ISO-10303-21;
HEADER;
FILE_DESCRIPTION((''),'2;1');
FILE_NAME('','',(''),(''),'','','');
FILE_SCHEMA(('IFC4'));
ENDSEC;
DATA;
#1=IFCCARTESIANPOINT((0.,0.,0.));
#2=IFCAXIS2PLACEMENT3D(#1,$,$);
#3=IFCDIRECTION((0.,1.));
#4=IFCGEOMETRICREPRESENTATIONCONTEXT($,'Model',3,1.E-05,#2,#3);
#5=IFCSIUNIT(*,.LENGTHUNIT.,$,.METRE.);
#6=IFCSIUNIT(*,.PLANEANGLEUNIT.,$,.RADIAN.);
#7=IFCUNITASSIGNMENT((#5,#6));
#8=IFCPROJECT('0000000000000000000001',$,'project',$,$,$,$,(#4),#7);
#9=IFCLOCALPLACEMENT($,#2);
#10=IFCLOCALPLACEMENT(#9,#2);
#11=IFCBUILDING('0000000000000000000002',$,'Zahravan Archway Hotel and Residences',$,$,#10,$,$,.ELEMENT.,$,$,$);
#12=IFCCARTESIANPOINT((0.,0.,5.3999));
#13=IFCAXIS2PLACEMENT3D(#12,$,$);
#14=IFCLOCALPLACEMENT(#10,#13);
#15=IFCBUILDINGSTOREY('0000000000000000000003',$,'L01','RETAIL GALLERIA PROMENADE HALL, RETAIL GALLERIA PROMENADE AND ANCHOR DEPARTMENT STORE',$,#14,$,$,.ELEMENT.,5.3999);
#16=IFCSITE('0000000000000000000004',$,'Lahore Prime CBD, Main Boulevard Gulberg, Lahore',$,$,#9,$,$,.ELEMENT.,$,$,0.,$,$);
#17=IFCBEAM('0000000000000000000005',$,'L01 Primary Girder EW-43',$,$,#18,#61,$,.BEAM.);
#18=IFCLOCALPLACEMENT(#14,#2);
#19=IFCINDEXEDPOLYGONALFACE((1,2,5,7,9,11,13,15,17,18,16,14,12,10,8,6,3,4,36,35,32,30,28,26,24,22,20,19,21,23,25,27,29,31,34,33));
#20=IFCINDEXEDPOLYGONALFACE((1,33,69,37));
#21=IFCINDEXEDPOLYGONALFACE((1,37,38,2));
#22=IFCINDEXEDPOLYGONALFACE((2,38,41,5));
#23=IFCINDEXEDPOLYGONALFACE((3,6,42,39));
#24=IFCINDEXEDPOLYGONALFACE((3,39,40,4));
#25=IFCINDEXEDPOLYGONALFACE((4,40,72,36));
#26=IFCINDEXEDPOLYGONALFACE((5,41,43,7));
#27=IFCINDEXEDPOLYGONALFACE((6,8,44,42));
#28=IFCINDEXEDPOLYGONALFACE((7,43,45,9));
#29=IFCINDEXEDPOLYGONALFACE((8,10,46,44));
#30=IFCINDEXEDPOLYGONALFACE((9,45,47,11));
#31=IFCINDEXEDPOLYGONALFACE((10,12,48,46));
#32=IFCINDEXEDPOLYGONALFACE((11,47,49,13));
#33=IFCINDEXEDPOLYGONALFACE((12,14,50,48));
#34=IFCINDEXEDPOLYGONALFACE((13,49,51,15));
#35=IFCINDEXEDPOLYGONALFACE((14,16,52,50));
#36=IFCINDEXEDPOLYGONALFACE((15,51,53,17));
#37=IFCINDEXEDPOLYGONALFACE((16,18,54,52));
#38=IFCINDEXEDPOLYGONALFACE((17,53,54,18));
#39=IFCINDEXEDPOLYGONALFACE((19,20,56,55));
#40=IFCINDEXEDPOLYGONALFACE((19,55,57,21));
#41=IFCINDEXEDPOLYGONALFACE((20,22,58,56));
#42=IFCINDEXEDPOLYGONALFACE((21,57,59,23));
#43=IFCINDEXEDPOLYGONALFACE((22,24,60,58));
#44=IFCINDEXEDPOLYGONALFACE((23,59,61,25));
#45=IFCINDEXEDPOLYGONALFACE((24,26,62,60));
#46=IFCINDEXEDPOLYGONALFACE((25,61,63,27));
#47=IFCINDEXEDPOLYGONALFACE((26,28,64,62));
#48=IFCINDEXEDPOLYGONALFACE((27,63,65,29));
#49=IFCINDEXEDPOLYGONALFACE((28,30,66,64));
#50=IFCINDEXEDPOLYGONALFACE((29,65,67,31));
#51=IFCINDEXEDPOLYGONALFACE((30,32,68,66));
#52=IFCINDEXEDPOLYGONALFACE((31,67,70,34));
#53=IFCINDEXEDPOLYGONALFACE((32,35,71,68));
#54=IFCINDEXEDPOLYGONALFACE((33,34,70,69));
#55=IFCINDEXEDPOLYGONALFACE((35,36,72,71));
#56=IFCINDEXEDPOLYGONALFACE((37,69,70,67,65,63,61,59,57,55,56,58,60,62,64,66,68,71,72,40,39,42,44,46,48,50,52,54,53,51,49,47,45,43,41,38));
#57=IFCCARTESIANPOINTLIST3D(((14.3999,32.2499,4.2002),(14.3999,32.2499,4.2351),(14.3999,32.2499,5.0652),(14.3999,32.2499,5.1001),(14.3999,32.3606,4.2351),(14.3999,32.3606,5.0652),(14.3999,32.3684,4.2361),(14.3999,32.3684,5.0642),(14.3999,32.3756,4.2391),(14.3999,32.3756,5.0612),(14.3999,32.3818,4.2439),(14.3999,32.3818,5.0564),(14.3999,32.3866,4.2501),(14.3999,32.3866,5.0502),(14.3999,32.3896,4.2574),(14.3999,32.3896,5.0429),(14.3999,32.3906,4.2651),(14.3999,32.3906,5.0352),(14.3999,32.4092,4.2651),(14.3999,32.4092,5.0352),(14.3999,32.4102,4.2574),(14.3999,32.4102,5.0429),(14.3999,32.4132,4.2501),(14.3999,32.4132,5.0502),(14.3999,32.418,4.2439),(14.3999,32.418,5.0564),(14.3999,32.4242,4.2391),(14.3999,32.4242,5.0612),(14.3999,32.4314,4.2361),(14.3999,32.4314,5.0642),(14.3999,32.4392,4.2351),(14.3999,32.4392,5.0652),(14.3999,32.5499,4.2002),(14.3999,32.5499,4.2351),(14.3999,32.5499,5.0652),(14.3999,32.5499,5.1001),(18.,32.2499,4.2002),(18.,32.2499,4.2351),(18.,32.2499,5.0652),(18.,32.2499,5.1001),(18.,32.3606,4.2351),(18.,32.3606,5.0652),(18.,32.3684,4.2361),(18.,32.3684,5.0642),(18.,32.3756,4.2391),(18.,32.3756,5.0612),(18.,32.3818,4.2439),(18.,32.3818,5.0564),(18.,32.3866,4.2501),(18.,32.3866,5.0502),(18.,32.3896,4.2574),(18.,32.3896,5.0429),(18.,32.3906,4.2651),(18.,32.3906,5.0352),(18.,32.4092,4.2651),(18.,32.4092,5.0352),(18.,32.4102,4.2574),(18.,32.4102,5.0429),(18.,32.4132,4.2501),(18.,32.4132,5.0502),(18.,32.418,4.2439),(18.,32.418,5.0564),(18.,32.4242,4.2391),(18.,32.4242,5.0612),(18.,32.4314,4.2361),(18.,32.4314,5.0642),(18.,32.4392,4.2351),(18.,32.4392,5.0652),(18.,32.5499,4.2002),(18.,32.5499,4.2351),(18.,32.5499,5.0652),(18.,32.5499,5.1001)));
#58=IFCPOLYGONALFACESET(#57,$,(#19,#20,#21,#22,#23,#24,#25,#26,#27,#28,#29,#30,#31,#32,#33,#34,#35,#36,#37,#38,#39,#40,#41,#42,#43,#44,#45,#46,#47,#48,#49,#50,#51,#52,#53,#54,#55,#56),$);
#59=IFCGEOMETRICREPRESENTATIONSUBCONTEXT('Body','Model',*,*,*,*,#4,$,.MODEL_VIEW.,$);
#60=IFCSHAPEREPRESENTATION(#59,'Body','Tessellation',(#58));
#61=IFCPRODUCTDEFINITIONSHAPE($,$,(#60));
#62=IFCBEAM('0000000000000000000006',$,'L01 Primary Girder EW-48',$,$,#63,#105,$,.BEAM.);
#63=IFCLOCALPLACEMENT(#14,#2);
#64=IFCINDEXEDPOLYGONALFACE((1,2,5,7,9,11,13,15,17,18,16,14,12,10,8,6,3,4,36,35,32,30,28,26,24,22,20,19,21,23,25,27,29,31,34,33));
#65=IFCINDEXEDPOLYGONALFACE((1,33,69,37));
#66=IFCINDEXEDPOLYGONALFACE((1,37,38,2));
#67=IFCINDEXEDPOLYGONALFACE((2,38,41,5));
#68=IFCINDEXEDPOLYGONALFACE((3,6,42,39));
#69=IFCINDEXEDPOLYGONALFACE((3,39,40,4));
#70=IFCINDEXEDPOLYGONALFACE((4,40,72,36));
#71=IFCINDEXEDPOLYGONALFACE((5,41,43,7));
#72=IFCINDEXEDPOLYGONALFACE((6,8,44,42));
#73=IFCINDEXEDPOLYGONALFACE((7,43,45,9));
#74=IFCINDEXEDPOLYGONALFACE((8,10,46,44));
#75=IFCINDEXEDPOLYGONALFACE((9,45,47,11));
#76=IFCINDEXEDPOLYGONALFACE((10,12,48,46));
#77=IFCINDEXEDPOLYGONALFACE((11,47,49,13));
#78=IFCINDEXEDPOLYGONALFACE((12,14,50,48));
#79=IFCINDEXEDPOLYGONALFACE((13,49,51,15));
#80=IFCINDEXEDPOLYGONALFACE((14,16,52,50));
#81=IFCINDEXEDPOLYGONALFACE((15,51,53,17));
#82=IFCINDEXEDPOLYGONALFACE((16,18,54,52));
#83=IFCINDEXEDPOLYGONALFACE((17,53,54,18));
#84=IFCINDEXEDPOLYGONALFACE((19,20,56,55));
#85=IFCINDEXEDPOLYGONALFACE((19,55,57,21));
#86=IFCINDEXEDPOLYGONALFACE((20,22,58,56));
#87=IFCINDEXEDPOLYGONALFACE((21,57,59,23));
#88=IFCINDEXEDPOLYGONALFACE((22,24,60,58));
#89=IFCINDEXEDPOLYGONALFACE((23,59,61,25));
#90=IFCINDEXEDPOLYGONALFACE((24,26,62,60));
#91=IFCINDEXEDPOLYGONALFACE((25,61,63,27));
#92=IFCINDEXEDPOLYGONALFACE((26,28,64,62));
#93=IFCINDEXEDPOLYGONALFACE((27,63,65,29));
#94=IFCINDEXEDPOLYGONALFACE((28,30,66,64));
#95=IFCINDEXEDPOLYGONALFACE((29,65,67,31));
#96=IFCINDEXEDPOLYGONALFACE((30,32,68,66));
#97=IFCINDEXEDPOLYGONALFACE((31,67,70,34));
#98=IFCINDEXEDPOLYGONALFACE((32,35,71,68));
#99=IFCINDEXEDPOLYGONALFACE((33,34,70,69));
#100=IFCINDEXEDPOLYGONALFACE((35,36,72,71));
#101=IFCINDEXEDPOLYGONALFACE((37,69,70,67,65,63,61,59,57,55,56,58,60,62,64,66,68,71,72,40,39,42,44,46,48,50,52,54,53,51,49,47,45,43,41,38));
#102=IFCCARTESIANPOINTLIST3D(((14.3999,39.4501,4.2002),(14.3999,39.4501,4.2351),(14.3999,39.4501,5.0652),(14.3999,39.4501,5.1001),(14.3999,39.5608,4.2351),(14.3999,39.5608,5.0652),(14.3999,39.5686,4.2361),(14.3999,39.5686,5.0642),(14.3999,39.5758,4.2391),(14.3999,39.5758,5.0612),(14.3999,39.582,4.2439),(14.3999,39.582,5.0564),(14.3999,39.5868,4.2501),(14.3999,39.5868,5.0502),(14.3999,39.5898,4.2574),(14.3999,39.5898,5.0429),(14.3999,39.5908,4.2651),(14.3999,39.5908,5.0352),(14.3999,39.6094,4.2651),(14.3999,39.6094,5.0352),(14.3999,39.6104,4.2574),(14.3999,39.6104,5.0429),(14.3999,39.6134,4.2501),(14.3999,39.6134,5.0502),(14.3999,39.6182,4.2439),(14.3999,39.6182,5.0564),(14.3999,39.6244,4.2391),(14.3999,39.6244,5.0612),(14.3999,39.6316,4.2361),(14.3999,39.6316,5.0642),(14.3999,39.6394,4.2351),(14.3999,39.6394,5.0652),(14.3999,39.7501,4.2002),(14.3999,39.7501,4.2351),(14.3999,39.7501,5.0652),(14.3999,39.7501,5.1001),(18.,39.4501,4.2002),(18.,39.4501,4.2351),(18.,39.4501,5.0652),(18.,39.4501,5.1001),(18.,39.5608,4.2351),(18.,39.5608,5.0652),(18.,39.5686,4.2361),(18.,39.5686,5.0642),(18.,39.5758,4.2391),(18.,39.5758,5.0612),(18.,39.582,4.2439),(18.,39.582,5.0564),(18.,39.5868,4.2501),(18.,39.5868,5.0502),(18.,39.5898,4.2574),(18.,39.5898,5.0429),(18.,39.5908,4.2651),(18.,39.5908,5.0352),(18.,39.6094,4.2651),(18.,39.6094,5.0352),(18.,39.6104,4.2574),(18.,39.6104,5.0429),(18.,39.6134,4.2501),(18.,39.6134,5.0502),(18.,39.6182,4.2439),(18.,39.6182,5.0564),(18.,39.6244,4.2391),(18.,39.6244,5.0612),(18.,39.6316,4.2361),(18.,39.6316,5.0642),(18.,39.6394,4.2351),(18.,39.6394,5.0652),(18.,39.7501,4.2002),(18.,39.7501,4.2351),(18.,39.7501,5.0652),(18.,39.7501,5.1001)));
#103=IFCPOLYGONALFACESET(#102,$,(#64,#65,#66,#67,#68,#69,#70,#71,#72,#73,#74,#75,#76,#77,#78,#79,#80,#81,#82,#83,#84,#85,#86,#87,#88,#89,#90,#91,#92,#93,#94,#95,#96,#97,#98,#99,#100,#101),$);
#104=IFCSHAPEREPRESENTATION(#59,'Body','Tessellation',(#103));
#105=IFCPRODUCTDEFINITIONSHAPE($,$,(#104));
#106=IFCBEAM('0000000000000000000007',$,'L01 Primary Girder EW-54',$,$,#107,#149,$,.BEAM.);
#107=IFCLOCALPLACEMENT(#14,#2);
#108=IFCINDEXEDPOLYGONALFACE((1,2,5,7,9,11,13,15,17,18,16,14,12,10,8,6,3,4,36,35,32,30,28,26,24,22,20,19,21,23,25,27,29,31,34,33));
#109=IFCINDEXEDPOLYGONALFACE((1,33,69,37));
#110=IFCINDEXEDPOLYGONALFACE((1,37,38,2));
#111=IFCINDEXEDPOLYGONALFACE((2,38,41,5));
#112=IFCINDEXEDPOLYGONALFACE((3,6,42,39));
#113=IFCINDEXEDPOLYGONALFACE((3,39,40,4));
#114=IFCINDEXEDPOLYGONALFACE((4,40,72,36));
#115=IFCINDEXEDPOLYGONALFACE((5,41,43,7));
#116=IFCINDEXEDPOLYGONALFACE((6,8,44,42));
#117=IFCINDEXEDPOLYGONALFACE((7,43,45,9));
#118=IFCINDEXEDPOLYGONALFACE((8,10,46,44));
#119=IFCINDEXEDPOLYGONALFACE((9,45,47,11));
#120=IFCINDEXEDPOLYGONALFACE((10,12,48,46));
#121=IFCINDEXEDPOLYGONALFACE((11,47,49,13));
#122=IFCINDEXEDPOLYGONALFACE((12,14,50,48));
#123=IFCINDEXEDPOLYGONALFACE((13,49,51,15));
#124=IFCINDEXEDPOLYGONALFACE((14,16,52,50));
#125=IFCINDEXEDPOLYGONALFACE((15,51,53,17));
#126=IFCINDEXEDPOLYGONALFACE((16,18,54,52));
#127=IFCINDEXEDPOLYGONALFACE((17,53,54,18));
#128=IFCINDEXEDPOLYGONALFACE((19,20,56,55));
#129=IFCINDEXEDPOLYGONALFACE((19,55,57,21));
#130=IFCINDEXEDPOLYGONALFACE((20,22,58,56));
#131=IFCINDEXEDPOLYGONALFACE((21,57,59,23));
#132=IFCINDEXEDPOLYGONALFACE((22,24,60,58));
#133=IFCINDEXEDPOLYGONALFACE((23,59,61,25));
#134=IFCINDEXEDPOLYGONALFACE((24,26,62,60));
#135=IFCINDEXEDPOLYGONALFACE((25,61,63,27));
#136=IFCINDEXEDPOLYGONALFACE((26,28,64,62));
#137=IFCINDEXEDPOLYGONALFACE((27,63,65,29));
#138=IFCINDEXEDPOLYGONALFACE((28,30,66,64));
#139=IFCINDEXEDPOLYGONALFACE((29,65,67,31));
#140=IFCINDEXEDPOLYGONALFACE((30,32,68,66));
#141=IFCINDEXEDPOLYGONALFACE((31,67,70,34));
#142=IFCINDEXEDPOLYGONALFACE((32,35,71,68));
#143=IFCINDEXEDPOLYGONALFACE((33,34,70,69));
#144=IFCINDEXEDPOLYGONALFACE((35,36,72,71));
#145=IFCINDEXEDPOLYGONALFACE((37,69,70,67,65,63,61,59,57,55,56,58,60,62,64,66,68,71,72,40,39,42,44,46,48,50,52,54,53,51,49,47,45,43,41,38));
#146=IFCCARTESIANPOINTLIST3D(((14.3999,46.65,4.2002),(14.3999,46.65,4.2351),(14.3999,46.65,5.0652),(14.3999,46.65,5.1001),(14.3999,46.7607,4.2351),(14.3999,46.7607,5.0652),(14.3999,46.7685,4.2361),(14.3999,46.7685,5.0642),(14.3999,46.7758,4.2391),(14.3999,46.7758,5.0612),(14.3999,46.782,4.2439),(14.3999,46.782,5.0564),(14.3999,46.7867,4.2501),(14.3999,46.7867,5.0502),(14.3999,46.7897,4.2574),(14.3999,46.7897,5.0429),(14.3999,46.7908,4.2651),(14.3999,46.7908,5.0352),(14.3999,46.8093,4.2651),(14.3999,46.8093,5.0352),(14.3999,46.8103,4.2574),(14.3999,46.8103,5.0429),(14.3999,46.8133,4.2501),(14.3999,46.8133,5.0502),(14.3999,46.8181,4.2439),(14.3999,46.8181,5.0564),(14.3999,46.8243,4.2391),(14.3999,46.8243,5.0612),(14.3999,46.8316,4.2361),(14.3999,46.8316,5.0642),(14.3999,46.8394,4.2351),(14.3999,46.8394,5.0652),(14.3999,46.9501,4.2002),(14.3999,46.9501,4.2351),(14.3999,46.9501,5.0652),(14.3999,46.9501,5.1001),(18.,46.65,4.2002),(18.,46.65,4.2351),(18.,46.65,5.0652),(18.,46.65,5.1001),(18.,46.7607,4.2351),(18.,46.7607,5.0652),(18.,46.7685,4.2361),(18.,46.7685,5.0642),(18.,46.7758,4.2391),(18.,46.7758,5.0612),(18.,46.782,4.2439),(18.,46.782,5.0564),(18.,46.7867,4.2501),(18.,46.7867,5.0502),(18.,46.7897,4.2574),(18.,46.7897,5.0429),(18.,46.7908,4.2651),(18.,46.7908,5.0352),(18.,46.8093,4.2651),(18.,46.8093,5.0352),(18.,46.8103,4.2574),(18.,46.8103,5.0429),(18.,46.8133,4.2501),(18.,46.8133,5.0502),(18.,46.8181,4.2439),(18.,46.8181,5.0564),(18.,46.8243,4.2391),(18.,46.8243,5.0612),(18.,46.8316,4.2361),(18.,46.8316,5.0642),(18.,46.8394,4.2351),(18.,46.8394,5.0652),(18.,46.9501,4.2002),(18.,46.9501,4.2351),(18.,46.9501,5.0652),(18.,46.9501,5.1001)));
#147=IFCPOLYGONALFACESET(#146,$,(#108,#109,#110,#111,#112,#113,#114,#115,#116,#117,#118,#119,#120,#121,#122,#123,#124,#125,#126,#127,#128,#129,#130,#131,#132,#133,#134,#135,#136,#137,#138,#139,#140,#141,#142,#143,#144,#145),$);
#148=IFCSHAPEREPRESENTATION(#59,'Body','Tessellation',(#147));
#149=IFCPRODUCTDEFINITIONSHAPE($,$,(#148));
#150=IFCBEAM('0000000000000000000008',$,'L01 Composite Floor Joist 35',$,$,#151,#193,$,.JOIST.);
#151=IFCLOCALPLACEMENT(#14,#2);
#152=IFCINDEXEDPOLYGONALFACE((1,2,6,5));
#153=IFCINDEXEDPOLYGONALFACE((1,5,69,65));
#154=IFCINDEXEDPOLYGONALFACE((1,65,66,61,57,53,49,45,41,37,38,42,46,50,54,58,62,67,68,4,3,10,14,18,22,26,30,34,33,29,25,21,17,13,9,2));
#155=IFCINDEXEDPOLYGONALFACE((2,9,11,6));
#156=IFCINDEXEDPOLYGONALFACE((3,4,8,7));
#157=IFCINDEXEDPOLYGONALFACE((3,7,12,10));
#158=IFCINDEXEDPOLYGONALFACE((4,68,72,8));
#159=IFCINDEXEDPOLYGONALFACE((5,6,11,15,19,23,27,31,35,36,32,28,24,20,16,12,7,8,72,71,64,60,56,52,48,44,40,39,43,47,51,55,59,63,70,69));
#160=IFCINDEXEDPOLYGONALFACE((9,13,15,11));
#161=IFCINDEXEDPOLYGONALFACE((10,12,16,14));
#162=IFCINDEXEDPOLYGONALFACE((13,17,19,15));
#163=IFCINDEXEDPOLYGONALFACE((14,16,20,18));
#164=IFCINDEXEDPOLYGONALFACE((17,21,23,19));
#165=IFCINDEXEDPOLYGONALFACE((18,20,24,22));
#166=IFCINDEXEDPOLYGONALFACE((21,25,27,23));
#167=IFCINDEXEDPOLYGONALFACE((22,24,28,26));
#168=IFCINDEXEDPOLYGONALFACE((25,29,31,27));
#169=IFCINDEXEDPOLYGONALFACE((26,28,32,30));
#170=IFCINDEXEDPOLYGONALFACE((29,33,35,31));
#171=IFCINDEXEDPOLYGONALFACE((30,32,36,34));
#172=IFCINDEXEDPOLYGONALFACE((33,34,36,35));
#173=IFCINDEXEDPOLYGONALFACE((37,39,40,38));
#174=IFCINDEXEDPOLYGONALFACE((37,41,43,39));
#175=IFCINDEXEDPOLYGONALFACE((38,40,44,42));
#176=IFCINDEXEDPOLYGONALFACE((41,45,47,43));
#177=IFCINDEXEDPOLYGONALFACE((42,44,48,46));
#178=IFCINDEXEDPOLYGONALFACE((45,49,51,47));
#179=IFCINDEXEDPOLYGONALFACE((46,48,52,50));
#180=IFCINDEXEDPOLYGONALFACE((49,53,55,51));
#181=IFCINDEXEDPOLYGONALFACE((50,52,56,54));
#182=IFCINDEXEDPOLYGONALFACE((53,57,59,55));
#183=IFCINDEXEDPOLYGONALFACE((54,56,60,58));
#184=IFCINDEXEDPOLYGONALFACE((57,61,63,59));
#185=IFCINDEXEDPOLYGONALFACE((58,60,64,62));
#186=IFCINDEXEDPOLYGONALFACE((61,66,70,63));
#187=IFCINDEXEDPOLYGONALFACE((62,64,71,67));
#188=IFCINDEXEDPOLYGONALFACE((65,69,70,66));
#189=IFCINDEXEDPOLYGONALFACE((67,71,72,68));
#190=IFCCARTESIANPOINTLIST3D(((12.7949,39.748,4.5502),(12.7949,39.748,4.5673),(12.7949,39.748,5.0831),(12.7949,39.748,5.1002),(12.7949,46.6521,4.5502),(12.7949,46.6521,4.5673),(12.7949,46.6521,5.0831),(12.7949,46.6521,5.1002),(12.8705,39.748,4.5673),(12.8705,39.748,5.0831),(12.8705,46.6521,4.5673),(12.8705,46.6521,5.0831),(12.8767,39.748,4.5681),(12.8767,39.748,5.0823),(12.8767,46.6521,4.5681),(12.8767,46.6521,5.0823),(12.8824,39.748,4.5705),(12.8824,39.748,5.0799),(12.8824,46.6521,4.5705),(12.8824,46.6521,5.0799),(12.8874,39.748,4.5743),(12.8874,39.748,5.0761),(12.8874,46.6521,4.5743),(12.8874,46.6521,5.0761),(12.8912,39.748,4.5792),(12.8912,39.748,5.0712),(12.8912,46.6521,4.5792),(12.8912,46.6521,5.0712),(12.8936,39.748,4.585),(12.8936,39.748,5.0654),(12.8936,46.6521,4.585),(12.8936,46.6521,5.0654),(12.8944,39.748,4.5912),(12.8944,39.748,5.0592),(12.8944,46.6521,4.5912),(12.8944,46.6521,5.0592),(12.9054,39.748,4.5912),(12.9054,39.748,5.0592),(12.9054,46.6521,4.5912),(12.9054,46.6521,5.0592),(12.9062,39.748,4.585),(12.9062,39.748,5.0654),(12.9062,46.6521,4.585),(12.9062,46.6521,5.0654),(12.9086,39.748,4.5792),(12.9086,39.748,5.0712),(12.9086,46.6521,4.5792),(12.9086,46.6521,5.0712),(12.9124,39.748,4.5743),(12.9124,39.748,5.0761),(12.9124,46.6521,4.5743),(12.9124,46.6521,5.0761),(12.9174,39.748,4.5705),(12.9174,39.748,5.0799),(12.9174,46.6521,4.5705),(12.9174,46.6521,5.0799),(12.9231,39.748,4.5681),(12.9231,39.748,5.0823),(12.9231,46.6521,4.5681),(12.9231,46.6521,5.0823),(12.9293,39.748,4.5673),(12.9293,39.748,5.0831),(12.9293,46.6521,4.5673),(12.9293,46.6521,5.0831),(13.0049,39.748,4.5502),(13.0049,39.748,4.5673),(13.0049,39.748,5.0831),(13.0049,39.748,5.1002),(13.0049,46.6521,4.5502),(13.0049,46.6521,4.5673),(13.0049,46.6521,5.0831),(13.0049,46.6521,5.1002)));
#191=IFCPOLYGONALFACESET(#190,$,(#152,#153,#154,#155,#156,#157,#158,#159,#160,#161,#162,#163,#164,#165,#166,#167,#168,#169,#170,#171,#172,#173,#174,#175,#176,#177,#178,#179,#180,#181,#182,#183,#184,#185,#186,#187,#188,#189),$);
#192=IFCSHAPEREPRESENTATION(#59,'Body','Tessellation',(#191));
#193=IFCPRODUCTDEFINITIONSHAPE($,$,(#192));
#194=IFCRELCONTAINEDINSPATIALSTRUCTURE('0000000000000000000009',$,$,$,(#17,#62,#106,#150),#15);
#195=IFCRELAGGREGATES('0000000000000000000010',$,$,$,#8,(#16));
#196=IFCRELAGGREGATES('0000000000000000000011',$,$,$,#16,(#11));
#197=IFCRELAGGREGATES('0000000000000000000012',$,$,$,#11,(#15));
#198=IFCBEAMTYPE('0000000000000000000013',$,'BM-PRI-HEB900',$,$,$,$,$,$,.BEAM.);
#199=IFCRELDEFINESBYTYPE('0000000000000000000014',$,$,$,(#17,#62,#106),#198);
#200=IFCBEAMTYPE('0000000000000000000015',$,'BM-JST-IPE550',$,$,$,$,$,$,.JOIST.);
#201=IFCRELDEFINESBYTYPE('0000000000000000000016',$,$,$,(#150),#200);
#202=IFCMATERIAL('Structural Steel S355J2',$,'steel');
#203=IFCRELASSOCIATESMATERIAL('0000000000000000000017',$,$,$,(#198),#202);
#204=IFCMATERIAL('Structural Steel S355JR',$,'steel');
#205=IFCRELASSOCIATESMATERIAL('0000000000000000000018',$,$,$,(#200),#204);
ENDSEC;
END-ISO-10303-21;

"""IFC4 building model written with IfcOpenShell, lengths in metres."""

from ifc_helpers import new_model, si_unit, direction, frame, origin, origin_2d, place, context, subcontext, project, spatial, i_section, extrude, source, transform, mapped, material, material_profile, profile_set, type_object, type_shapes, element, save


model = new_model("IFC4")

# Units and contexts
model_context = context("Model", 3, precision=1e-05, world=origin(), true_north=direction((0.0, 1.0)))
body_context = subcontext(model_context, "Body", "Model", "MODEL_VIEW")
ifc_project = project(units=[si_unit("LENGTHUNIT", "METRE"), si_unit("PLANEANGLEUNIT", "RADIAN")], contexts=[model_context])

# Site, building, storey
site_placement = place(None, origin())
site = spatial("IfcSite", under=ifc_project, at=site_placement, Name="Lahore Prime CBD, Main Boulevard Gulberg, Lahore", CompositionType="ELEMENT", RefElevation=0.0)
building_placement = place(site_placement, origin())
building = spatial("IfcBuilding", under=site, at=building_placement, Name="Zahravan Archway Hotel and Residences", CompositionType="ELEMENT")
storey_placement = place(building_placement, frame((0.0, 0.0, 5.3999)))
storey = spatial("IfcBuildingStorey", under=building, at=storey_placement, Name="L01", Description="RETAIL GALLERIA PROMENADE HALL, RETAIL GALLERIA PROMENADE AND ANCHOR DEPARTMENT STORE", CompositionType="ELEMENT", Elevation=5.3999)

# Beams
ifc_material_1 = material(Name="Structural Steel S355J2", Category="steel")
ifc_material_profile_1 = material_profile(ifc_material_1, i_section(OverallWidth=0.3, OverallDepth=0.8999, WebThickness=0.0186, FlangeThickness=0.0349, FilletRadius=0.03, at=origin_2d()), Name="HEB 900", Category="steel")
ifc_profile_set_1 = profile_set([ifc_material_profile_1], Name="Structural Steel S355J2")
beam_type_1 = type_object("IfcBeamType", Name="BM-PRI-HEB900", PredefinedType="BEAM", material=ifc_profile_set_1)
shared_shape_1 = source(origin(), body_context, "Body", "SweptSolid", [
    extrude(i_section(OverallWidth=0.3, OverallDepth=0.8999, WebThickness=0.0186, FlangeThickness=0.0349, FilletRadius=0.03, at=origin_2d()), origin(), (0.0, 0.0, 1.0), 3.6001),
])
for number, where, z_axis, x_axis, name in (
    (1, (14.3999, 32.3999, 4.6501), (1.0, 0.0, 0.0), (0.0, 1.0, 0.0), "L01 Primary Girder EW-43"),
    (2, (14.3999, 39.6001, 4.6501), (1.0, 0.0, 0.0), (0.0, 1.0, 0.0), "L01 Primary Girder EW-48"),
    (3, (14.3999, 46.8, 4.6501), (1.0, 0.0, 0.0), (0.0, 1.0, 0.0), "L01 Primary Girder EW-54"),
):
    element("IfcBeam", number, at=place(storey_placement, frame(where, z_axis=z_axis, x_axis=x_axis)), inside=storey, type_object=beam_type_1, Name=name, PredefinedType="BEAM", context=body_context, shape_type="MappedRepresentation", body=[
        mapped(shared_shape_1, transform((0.0, 0.0, 0.0), scale=1.0)),
    ])
ifc_material_2 = material(Name="Structural Steel S355JR", Category="steel")
ifc_material_profile_2 = material_profile(ifc_material_2, i_section(OverallWidth=0.21, OverallDepth=0.55, WebThickness=0.011, FlangeThickness=0.0171, FilletRadius=0.0239, at=origin_2d()), Name="IPE 550", Category="steel")
ifc_profile_set_2 = profile_set([ifc_material_profile_2], Name="Structural Steel S355JR")
beam_type_2 = type_object("IfcBeamType", Name="BM-JST-IPE550", PredefinedType="JOIST", material=ifc_profile_set_2)
shared_shape_2 = source(origin(), body_context, "Body", "SweptSolid", [
    extrude(i_section(OverallWidth=0.21, OverallDepth=0.55, WebThickness=0.011, FlangeThickness=0.0171, FilletRadius=0.0239, at=origin_2d()), origin(), (0.0, 0.0, 1.0), 6.9041),
])
type_shapes(beam_type_2, [shared_shape_2])
beam_1_placement = place(storey_placement, frame((12.8999, 39.748, 4.8252), z_axis=(0.0, 1.0, 0.0), x_axis=(-1.0, 0.0, 0.0)))
element("IfcBeam", 4, at=beam_1_placement, inside=storey, type_object=beam_type_2, Name="L01 Composite Floor Joist 35", PredefinedType="JOIST", context=body_context, shape_type="MappedRepresentation", body=[
    mapped(shared_shape_2, transform((0.0, 0.0, 0.0), scale=1.0)),
])

save(model, "model.ifc")
